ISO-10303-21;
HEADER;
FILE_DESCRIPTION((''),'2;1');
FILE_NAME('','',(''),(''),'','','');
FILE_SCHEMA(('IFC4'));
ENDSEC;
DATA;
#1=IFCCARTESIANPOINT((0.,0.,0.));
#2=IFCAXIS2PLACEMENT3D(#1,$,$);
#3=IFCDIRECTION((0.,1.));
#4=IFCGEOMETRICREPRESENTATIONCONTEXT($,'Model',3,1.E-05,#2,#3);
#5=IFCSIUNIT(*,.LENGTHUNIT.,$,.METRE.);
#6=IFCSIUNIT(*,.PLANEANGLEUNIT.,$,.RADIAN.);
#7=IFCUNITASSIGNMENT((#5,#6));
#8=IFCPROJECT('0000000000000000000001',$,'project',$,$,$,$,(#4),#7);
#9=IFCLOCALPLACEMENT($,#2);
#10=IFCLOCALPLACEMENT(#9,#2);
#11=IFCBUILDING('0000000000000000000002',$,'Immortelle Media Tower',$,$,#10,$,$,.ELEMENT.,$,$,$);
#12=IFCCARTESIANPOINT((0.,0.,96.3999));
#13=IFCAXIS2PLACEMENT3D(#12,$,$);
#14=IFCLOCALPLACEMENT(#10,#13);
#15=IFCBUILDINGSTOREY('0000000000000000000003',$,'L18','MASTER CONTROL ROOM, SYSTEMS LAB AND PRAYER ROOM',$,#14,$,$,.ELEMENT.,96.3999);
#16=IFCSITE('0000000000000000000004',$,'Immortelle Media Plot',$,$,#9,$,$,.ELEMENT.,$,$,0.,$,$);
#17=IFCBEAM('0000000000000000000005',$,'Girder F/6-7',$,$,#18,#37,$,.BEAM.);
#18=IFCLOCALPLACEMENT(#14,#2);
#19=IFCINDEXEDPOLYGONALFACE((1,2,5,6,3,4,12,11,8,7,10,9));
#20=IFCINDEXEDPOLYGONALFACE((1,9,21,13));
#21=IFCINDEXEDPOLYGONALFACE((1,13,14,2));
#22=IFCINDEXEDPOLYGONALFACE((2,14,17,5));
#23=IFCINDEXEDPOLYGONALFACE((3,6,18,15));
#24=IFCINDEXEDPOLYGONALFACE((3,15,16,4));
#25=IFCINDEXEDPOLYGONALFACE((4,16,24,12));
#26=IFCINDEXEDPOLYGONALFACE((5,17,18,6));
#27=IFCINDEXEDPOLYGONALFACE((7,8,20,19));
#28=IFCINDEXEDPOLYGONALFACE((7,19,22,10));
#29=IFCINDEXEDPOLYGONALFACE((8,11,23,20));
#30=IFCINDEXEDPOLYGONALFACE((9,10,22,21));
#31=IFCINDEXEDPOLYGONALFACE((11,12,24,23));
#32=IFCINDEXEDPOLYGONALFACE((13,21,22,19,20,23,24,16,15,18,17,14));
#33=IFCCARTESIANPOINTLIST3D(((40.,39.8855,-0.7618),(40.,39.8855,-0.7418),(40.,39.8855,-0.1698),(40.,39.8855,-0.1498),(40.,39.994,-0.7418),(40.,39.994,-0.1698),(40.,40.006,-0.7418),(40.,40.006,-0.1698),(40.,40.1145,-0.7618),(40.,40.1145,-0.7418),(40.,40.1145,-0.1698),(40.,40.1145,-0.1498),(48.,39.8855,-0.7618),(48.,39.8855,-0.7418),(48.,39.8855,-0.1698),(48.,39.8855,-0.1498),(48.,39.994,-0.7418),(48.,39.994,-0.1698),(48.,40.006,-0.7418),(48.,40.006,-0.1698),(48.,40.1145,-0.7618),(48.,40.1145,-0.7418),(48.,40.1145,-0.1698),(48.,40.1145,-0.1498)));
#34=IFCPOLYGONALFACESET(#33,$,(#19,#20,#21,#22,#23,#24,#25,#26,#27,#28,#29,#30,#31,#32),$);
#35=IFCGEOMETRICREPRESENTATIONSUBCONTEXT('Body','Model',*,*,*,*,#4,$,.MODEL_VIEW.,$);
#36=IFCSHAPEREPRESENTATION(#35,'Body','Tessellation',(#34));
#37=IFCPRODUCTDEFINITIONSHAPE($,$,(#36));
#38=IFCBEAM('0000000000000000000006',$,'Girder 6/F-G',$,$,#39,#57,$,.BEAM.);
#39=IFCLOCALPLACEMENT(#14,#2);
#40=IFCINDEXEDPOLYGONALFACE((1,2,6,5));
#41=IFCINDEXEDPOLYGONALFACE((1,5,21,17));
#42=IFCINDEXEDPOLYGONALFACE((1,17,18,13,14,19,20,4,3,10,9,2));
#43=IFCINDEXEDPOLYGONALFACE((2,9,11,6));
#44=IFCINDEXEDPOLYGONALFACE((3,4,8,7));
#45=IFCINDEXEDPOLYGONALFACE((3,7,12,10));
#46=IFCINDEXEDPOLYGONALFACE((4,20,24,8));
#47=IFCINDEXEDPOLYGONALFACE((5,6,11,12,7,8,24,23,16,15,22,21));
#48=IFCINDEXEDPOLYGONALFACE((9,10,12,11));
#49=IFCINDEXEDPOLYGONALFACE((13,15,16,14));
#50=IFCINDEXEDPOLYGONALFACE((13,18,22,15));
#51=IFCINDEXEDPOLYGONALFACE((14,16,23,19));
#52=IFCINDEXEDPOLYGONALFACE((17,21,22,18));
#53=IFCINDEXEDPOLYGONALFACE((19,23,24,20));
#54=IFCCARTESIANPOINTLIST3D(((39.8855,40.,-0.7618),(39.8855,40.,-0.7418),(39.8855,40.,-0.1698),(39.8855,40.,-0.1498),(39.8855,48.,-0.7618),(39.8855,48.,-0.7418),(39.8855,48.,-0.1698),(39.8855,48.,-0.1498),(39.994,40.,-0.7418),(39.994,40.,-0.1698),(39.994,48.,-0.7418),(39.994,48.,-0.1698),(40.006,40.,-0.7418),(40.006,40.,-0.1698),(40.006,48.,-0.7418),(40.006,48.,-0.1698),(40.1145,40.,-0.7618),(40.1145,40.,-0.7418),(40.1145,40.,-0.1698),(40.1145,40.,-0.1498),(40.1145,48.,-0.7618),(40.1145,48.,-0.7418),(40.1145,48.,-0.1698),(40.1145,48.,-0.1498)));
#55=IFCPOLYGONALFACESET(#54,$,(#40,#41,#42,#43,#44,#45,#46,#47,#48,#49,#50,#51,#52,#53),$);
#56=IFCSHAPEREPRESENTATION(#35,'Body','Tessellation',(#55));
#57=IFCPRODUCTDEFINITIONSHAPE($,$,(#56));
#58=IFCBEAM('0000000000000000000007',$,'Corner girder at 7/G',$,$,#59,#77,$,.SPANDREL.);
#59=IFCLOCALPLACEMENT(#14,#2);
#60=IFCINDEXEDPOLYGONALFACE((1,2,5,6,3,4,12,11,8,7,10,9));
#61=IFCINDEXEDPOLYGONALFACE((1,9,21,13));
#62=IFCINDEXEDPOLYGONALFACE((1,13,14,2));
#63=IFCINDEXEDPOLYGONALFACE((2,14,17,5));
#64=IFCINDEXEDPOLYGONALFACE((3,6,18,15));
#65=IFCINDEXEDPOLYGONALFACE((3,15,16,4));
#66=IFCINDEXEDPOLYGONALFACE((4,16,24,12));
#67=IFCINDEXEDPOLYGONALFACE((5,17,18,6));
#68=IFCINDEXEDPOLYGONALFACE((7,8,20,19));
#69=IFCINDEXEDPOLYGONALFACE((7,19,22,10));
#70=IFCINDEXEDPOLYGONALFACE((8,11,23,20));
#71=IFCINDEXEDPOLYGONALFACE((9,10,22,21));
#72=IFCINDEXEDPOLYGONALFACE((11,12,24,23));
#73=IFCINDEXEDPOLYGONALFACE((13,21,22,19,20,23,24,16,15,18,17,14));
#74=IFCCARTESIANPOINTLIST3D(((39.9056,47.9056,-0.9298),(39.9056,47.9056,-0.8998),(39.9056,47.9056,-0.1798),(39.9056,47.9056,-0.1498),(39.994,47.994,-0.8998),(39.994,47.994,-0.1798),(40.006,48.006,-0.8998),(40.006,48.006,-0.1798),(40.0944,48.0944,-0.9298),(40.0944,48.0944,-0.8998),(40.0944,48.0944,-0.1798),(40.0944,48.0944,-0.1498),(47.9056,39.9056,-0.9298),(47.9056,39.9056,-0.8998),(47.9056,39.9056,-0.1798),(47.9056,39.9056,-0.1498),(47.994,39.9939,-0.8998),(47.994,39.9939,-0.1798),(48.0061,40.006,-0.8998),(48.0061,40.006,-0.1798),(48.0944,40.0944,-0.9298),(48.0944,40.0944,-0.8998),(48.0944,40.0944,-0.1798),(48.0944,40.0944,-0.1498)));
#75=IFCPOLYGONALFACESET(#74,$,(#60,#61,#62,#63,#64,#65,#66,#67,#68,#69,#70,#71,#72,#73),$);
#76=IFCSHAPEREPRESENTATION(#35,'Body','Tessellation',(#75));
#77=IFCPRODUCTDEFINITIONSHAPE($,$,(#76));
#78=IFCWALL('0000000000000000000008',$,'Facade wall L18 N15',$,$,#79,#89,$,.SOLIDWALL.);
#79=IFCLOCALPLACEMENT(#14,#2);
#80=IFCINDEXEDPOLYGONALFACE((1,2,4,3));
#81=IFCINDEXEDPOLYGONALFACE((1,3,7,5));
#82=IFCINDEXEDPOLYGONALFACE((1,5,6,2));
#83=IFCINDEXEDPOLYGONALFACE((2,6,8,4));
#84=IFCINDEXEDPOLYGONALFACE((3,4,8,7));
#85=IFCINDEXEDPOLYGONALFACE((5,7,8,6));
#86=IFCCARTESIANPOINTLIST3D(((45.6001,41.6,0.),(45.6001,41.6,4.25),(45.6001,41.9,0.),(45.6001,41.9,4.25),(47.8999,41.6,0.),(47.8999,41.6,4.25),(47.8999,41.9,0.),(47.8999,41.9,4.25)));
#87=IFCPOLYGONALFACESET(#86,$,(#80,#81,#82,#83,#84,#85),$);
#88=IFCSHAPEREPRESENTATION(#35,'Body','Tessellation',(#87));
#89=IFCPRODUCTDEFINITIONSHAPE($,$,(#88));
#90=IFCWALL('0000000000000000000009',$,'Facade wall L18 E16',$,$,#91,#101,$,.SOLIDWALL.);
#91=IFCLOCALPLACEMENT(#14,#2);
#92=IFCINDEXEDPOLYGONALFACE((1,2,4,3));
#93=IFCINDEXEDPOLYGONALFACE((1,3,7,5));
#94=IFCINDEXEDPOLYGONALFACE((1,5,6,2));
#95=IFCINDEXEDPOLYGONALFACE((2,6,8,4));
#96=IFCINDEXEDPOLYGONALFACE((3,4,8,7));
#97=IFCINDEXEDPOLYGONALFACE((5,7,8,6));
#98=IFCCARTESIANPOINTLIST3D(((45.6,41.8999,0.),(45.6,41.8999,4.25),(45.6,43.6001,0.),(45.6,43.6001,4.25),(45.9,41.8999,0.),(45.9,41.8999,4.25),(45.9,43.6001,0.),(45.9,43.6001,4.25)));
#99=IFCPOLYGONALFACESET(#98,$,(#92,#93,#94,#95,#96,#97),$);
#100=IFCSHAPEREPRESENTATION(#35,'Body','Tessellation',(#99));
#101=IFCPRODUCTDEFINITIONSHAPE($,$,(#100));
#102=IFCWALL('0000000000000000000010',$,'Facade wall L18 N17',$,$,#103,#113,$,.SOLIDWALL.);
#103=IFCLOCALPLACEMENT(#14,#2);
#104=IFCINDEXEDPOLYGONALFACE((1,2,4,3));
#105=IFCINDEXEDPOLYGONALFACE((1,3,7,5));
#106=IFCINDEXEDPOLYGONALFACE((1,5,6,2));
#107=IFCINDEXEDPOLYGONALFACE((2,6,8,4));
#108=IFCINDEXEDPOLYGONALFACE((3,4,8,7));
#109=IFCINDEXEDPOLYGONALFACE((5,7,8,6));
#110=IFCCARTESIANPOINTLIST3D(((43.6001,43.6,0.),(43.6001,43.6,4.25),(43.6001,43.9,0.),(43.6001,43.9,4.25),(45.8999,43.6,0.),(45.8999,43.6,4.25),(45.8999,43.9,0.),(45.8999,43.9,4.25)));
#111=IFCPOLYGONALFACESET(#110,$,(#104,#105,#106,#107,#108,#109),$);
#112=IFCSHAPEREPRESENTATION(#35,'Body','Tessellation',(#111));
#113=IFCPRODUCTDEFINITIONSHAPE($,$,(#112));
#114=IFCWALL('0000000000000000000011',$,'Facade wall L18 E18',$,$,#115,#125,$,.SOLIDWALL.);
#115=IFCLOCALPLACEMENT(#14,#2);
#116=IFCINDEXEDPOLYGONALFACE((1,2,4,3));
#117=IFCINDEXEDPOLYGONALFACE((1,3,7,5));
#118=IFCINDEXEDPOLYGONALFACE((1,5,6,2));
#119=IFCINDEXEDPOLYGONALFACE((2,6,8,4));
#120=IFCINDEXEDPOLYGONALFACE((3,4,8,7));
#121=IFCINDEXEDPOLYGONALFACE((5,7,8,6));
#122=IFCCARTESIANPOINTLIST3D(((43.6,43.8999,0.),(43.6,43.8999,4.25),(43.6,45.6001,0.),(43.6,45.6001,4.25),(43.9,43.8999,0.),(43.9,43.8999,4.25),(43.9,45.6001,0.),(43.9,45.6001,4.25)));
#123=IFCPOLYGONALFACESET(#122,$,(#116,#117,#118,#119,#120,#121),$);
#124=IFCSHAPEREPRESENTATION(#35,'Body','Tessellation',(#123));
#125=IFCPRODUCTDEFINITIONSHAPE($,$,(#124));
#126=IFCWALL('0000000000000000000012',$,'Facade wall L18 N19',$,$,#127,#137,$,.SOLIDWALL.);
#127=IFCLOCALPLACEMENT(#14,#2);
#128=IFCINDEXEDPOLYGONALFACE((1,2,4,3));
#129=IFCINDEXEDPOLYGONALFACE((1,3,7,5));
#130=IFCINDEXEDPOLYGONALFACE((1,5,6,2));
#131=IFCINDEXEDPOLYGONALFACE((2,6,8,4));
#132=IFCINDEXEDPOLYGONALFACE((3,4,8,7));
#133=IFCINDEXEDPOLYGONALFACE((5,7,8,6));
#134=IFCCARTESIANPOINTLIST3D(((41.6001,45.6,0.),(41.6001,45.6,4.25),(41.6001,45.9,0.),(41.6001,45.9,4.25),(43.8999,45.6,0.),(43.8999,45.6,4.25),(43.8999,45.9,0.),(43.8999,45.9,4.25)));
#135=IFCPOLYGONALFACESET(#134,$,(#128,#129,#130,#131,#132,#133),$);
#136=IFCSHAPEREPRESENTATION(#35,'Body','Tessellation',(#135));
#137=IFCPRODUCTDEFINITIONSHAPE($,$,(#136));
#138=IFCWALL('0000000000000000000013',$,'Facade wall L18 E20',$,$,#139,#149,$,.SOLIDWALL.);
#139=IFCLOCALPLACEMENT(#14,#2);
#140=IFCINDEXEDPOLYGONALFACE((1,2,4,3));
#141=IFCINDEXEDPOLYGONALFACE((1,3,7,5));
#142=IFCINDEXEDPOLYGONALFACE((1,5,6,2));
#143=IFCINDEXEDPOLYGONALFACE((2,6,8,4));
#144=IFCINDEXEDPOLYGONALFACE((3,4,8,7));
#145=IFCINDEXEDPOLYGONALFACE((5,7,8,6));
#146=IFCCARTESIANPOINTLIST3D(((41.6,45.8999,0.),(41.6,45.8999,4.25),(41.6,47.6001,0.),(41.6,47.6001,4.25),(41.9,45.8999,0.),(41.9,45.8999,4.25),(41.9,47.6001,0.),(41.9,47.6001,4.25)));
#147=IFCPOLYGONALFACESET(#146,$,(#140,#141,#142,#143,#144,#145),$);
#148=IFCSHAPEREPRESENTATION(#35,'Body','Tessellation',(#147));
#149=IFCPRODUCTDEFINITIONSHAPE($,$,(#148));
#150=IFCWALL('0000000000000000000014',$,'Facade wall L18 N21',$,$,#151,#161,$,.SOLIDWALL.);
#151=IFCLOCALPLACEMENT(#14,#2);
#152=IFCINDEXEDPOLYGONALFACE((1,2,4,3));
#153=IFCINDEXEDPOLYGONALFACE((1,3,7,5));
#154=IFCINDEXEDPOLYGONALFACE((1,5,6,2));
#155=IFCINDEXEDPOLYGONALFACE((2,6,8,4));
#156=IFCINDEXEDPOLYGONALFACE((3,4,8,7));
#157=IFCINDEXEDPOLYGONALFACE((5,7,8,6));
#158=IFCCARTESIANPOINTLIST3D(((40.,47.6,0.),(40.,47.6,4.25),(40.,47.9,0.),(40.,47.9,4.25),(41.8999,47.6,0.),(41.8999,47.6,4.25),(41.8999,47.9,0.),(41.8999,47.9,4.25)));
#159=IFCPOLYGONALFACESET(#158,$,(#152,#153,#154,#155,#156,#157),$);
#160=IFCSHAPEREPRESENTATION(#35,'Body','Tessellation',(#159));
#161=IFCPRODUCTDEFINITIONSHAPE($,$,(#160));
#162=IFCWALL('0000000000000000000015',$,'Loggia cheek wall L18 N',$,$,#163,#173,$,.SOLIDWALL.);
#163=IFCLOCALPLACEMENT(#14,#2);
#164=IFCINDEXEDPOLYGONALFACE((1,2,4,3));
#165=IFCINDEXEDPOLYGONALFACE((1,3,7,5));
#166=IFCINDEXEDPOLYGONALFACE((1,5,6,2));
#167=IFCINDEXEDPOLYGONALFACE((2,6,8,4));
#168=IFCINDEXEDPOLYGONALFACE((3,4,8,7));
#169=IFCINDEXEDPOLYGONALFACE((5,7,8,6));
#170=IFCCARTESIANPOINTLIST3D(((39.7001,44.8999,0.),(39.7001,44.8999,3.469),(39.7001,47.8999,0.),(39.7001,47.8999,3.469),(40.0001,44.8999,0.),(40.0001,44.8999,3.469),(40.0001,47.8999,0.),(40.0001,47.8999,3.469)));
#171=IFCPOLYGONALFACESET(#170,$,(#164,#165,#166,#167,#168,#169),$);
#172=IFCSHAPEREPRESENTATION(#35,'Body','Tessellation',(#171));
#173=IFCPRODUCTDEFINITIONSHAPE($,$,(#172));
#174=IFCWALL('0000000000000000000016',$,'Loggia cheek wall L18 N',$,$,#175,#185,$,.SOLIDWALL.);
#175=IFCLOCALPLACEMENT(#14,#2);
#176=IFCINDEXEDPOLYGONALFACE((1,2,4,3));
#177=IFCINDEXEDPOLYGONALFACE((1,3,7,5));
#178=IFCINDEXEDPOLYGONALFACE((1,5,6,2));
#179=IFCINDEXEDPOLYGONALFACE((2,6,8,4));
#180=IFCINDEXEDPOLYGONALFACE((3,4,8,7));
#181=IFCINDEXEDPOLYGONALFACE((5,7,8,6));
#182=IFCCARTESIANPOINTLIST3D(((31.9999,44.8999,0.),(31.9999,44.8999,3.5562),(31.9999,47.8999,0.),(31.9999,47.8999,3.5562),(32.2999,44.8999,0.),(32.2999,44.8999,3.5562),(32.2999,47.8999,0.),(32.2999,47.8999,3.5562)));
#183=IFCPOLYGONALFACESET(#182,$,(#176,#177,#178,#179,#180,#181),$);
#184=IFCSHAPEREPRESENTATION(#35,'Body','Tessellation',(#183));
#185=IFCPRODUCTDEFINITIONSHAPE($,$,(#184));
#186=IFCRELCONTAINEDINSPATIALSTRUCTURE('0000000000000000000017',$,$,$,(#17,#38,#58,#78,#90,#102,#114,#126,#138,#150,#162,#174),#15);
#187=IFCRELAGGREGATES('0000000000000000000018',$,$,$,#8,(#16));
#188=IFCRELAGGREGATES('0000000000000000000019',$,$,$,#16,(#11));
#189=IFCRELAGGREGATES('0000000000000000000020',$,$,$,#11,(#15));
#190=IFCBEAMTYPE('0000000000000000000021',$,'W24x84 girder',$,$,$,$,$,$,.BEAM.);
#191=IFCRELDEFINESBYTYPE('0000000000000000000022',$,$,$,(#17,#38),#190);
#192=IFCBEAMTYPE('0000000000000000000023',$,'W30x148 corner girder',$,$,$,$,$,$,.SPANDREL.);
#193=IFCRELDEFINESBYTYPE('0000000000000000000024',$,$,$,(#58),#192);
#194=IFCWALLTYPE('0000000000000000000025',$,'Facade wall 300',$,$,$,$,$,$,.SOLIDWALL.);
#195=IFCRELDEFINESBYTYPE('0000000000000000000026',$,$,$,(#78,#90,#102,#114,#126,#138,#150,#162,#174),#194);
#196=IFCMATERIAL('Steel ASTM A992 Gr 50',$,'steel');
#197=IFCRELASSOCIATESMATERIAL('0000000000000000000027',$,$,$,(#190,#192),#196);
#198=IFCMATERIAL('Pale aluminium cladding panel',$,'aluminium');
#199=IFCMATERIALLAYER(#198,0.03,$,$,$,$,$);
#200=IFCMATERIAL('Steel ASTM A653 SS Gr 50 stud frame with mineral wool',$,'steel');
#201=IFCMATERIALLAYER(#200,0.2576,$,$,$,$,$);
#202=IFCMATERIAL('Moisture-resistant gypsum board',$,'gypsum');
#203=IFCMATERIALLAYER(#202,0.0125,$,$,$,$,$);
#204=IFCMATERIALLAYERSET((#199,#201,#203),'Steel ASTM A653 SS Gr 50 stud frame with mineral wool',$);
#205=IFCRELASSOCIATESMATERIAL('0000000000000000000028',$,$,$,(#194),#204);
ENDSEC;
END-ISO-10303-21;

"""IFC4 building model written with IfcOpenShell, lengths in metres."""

from ifc_helpers import new_model, si_unit, direction, frame, frame_2d, origin, origin_2d, place, context, subcontext, project, spatial, rectangle, i_section, extrude, material, layer, layer_set, material_profile, profile_set, type_object, element, save


model = new_model("IFC4")

# Units and contexts
model_context = context("Model", 3, precision=1e-05, world=origin(), true_north=direction((0.0, 1.0)))
body_context = subcontext(model_context, "Body", "Model", "MODEL_VIEW")
ifc_project = project(units=[si_unit("LENGTHUNIT", "METRE"), si_unit("PLANEANGLEUNIT", "RADIAN")], contexts=[model_context])

# Site, building, storey
site_placement = place(None, origin())
site = spatial("IfcSite", under=ifc_project, at=site_placement, Name="Immortelle Media Plot", CompositionType="ELEMENT", RefElevation=0.0)
building_placement = place(site_placement, origin())
building = spatial("IfcBuilding", under=site, at=building_placement, Name="Immortelle Media Tower", CompositionType="ELEMENT")
storey_placement = place(building_placement, frame((0.0, 0.0, 96.3999)))
storey = spatial("IfcBuildingStorey", under=building, at=storey_placement, Name="L18", Description="MASTER CONTROL ROOM, SYSTEMS LAB AND PRAYER ROOM", CompositionType="ELEMENT", Elevation=96.3999)

# Shared definitions
ifc_material_1 = material(Name="Steel ASTM A992 Gr 50", Category="steel")

# Beams
ifc_material_profile_1 = material_profile(ifc_material_1, i_section(OverallWidth=0.229, OverallDepth=0.6121, WebThickness=0.012, FlangeThickness=0.02, at=origin_2d()), Name="W24x84")
ifc_profile_set_1 = profile_set([ifc_material_profile_1], Name="Steel ASTM A992 Gr 50")
beam_type_1 = type_object("IfcBeamType", Name="W24x84 girder", PredefinedType="BEAM", material=ifc_profile_set_1)
for number, where, z_axis, x_axis, name in (
    (1, (40.0, 40.0, -0.4558), (1.0, 0.0, 0.0), (0.0, 1.0, 0.0), "Girder F/6-7"),
    (2, (40.0, 40.0, -0.4558), (0.0, 1.0, 0.0), (-1.0, 0.0, 0.0), "Girder 6/F-G"),
):
    element("IfcBeam", number, at=place(storey_placement, frame(where, z_axis=z_axis, x_axis=x_axis)), inside=storey, type_object=beam_type_1, Name=name, PredefinedType="BEAM", context=body_context, shape_type="SweptSolid", body=[
        extrude(i_section(OverallWidth=0.229, OverallDepth=0.6121, WebThickness=0.012, FlangeThickness=0.02, at=origin_2d()), origin(), (0.0, 0.0, 1.0), 8.0),
    ])
ifc_material_profile_2 = material_profile(ifc_material_1, i_section(OverallWidth=0.2671, OverallDepth=0.78, WebThickness=0.0171, FlangeThickness=0.03, at=origin_2d()), Name="W30x148")
ifc_profile_set_2 = profile_set([ifc_material_profile_2], Name="Steel ASTM A992 Gr 50")
beam_type_2 = type_object("IfcBeamType", Name="W30x148 corner girder", PredefinedType="SPANDREL", material=ifc_profile_set_2)
beam_1_placement = place(storey_placement, frame((40.0, 48.0, -0.5398), z_axis=(0.707107, -0.707107, 0.0), x_axis=(0.707107, 0.707107, 0.0)))
element("IfcBeam", 3, at=beam_1_placement, inside=storey, type_object=beam_type_2, Name="Corner girder at 7/G", PredefinedType="SPANDREL", context=body_context, shape_type="SweptSolid", body=[
    extrude(i_section(OverallWidth=0.2671, OverallDepth=0.78, WebThickness=0.0171, FlangeThickness=0.03, at=origin_2d()), origin(), (0.0, 0.0, 1.0), 11.3137),
])

# Walls
ifc_material_2 = material(Name="Pale aluminium cladding panel", Category="aluminium")
ifc_layer_1 = layer(ifc_material_2, 0.03)
ifc_material_3 = material(Name="Steel ASTM A653 SS Gr 50 stud frame with mineral wool", Category="steel")
ifc_layer_2 = layer(ifc_material_3, 0.2576)
ifc_material_4 = material(Name="Moisture-resistant gypsum board", Category="gypsum")
ifc_layer_3 = layer(ifc_material_4, 0.0125)
ifc_layer_set_1 = layer_set([ifc_layer_1, ifc_layer_2, ifc_layer_3], Name="Steel ASTM A653 SS Gr 50 stud frame with mineral wool")
wall_type_1 = type_object("IfcWallType", Name="Facade wall 300", PredefinedType="SOLIDWALL", material=ifc_layer_set_1)
wall_1_placement = place(storey_placement, frame((47.8999, 41.75, 0.0), z_axis=(0.0, 0.0, 1.0), x_axis=(-1.0, 0.0, 0.0)))
element("IfcWall", 4, at=wall_1_placement, inside=storey, type_object=wall_type_1, Name="Facade wall L18 N15", PredefinedType="SOLIDWALL", context=body_context, shape_type="SweptSolid", body=[
    extrude(rectangle(XDim=2.2998, YDim=0.3, at=frame_2d((1.1499, 0.0))), origin(), (0.0, 0.0, 1.0), 4.25),
])
wall_2_placement = place(storey_placement, frame((45.75, 41.8999, 0.0), z_axis=(0.0, 0.0, 1.0), x_axis=(0.0, 1.0, 0.0)))
element("IfcWall", 5, at=wall_2_placement, inside=storey, type_object=wall_type_1, Name="Facade wall L18 E16", PredefinedType="SOLIDWALL", context=body_context, shape_type="SweptSolid", body=[
    extrude(rectangle(XDim=1.7002, YDim=0.3, at=frame_2d((0.8501, 0.0))), origin(), (0.0, 0.0, 1.0), 4.25),
])
wall_3_placement = place(storey_placement, frame((45.8999, 43.75, 0.0), z_axis=(0.0, 0.0, 1.0), x_axis=(-1.0, 0.0, 0.0)))
element("IfcWall", 6, at=wall_3_placement, inside=storey, type_object=wall_type_1, Name="Facade wall L18 N17", PredefinedType="SOLIDWALL", context=body_context, shape_type="SweptSolid", body=[
    extrude(rectangle(XDim=2.2998, YDim=0.3, at=frame_2d((1.1499, 0.0))), origin(), (0.0, 0.0, 1.0), 4.25),
])
wall_4_placement = place(storey_placement, frame((43.75, 43.8999, 0.0), z_axis=(0.0, 0.0, 1.0), x_axis=(0.0, 1.0, 0.0)))
element("IfcWall", 7, at=wall_4_placement, inside=storey, type_object=wall_type_1, Name="Facade wall L18 E18", PredefinedType="SOLIDWALL", context=body_context, shape_type="SweptSolid", body=[
    extrude(rectangle(XDim=1.7002, YDim=0.3, at=frame_2d((0.8501, 0.0))), origin(), (0.0, 0.0, 1.0), 4.25),
])
wall_5_placement = place(storey_placement, frame((43.8999, 45.75, 0.0), z_axis=(0.0, 0.0, 1.0), x_axis=(-1.0, 0.0, 0.0)))
element("IfcWall", 8, at=wall_5_placement, inside=storey, type_object=wall_type_1, Name="Facade wall L18 N19", PredefinedType="SOLIDWALL", context=body_context, shape_type="SweptSolid", body=[
    extrude(rectangle(XDim=2.2998, YDim=0.3, at=frame_2d((1.1499, 0.0))), origin(), (0.0, 0.0, 1.0), 4.25),
])
wall_6_placement = place(storey_placement, frame((41.75, 45.8999, 0.0), z_axis=(0.0, 0.0, 1.0), x_axis=(0.0, 1.0, 0.0)))
element("IfcWall", 9, at=wall_6_placement, inside=storey, type_object=wall_type_1, Name="Facade wall L18 E20", PredefinedType="SOLIDWALL", context=body_context, shape_type="SweptSolid", body=[
    extrude(rectangle(XDim=1.7002, YDim=0.3, at=frame_2d((0.8501, 0.0))), origin(), (0.0, 0.0, 1.0), 4.25),
])
wall_7_placement = place(storey_placement, frame((41.8999, 47.75, 0.0), z_axis=(0.0, 0.0, 1.0), x_axis=(-1.0, 0.0, 0.0)))
element("IfcWall", 10, at=wall_7_placement, inside=storey, type_object=wall_type_1, Name="Facade wall L18 N21", PredefinedType="SOLIDWALL", context=body_context, shape_type="SweptSolid", body=[
    extrude(rectangle(XDim=1.8999, YDim=0.3, at=frame_2d((0.95, 0.0))), origin(), (0.0, 0.0, 1.0), 4.25),
])

# Walls
wall_8_placement = place(storey_placement, frame((39.8501, 47.8999, 0.0), z_axis=(0.0, 0.0, 1.0), x_axis=(0.0, -1.0, 0.0)))
element("IfcWall", 11, at=wall_8_placement, inside=storey, type_object=wall_type_1, Name="Loggia cheek wall L18 N", PredefinedType="SOLIDWALL", context=body_context, shape_type="SweptSolid", body=[
    extrude(rectangle(XDim=3.0, YDim=0.3, at=frame_2d((1.5, 0.0))), origin(), (0.0, 0.0, 1.0), 3.469),
])
wall_9_placement = place(storey_placement, frame((32.1499, 47.8999, 0.0), z_axis=(0.0, 0.0, 1.0), x_axis=(0.0, -1.0, 0.0)))
element("IfcWall", 12, at=wall_9_placement, inside=storey, type_object=wall_type_1, Name="Loggia cheek wall L18 N", PredefinedType="SOLIDWALL", context=body_context, shape_type="SweptSolid", body=[
    extrude(rectangle(XDim=3.0, YDim=0.3, at=frame_2d((1.5, 0.0))), origin(), (0.0, 0.0, 1.0), 3.5562),
])

save(model, "model.ifc")
